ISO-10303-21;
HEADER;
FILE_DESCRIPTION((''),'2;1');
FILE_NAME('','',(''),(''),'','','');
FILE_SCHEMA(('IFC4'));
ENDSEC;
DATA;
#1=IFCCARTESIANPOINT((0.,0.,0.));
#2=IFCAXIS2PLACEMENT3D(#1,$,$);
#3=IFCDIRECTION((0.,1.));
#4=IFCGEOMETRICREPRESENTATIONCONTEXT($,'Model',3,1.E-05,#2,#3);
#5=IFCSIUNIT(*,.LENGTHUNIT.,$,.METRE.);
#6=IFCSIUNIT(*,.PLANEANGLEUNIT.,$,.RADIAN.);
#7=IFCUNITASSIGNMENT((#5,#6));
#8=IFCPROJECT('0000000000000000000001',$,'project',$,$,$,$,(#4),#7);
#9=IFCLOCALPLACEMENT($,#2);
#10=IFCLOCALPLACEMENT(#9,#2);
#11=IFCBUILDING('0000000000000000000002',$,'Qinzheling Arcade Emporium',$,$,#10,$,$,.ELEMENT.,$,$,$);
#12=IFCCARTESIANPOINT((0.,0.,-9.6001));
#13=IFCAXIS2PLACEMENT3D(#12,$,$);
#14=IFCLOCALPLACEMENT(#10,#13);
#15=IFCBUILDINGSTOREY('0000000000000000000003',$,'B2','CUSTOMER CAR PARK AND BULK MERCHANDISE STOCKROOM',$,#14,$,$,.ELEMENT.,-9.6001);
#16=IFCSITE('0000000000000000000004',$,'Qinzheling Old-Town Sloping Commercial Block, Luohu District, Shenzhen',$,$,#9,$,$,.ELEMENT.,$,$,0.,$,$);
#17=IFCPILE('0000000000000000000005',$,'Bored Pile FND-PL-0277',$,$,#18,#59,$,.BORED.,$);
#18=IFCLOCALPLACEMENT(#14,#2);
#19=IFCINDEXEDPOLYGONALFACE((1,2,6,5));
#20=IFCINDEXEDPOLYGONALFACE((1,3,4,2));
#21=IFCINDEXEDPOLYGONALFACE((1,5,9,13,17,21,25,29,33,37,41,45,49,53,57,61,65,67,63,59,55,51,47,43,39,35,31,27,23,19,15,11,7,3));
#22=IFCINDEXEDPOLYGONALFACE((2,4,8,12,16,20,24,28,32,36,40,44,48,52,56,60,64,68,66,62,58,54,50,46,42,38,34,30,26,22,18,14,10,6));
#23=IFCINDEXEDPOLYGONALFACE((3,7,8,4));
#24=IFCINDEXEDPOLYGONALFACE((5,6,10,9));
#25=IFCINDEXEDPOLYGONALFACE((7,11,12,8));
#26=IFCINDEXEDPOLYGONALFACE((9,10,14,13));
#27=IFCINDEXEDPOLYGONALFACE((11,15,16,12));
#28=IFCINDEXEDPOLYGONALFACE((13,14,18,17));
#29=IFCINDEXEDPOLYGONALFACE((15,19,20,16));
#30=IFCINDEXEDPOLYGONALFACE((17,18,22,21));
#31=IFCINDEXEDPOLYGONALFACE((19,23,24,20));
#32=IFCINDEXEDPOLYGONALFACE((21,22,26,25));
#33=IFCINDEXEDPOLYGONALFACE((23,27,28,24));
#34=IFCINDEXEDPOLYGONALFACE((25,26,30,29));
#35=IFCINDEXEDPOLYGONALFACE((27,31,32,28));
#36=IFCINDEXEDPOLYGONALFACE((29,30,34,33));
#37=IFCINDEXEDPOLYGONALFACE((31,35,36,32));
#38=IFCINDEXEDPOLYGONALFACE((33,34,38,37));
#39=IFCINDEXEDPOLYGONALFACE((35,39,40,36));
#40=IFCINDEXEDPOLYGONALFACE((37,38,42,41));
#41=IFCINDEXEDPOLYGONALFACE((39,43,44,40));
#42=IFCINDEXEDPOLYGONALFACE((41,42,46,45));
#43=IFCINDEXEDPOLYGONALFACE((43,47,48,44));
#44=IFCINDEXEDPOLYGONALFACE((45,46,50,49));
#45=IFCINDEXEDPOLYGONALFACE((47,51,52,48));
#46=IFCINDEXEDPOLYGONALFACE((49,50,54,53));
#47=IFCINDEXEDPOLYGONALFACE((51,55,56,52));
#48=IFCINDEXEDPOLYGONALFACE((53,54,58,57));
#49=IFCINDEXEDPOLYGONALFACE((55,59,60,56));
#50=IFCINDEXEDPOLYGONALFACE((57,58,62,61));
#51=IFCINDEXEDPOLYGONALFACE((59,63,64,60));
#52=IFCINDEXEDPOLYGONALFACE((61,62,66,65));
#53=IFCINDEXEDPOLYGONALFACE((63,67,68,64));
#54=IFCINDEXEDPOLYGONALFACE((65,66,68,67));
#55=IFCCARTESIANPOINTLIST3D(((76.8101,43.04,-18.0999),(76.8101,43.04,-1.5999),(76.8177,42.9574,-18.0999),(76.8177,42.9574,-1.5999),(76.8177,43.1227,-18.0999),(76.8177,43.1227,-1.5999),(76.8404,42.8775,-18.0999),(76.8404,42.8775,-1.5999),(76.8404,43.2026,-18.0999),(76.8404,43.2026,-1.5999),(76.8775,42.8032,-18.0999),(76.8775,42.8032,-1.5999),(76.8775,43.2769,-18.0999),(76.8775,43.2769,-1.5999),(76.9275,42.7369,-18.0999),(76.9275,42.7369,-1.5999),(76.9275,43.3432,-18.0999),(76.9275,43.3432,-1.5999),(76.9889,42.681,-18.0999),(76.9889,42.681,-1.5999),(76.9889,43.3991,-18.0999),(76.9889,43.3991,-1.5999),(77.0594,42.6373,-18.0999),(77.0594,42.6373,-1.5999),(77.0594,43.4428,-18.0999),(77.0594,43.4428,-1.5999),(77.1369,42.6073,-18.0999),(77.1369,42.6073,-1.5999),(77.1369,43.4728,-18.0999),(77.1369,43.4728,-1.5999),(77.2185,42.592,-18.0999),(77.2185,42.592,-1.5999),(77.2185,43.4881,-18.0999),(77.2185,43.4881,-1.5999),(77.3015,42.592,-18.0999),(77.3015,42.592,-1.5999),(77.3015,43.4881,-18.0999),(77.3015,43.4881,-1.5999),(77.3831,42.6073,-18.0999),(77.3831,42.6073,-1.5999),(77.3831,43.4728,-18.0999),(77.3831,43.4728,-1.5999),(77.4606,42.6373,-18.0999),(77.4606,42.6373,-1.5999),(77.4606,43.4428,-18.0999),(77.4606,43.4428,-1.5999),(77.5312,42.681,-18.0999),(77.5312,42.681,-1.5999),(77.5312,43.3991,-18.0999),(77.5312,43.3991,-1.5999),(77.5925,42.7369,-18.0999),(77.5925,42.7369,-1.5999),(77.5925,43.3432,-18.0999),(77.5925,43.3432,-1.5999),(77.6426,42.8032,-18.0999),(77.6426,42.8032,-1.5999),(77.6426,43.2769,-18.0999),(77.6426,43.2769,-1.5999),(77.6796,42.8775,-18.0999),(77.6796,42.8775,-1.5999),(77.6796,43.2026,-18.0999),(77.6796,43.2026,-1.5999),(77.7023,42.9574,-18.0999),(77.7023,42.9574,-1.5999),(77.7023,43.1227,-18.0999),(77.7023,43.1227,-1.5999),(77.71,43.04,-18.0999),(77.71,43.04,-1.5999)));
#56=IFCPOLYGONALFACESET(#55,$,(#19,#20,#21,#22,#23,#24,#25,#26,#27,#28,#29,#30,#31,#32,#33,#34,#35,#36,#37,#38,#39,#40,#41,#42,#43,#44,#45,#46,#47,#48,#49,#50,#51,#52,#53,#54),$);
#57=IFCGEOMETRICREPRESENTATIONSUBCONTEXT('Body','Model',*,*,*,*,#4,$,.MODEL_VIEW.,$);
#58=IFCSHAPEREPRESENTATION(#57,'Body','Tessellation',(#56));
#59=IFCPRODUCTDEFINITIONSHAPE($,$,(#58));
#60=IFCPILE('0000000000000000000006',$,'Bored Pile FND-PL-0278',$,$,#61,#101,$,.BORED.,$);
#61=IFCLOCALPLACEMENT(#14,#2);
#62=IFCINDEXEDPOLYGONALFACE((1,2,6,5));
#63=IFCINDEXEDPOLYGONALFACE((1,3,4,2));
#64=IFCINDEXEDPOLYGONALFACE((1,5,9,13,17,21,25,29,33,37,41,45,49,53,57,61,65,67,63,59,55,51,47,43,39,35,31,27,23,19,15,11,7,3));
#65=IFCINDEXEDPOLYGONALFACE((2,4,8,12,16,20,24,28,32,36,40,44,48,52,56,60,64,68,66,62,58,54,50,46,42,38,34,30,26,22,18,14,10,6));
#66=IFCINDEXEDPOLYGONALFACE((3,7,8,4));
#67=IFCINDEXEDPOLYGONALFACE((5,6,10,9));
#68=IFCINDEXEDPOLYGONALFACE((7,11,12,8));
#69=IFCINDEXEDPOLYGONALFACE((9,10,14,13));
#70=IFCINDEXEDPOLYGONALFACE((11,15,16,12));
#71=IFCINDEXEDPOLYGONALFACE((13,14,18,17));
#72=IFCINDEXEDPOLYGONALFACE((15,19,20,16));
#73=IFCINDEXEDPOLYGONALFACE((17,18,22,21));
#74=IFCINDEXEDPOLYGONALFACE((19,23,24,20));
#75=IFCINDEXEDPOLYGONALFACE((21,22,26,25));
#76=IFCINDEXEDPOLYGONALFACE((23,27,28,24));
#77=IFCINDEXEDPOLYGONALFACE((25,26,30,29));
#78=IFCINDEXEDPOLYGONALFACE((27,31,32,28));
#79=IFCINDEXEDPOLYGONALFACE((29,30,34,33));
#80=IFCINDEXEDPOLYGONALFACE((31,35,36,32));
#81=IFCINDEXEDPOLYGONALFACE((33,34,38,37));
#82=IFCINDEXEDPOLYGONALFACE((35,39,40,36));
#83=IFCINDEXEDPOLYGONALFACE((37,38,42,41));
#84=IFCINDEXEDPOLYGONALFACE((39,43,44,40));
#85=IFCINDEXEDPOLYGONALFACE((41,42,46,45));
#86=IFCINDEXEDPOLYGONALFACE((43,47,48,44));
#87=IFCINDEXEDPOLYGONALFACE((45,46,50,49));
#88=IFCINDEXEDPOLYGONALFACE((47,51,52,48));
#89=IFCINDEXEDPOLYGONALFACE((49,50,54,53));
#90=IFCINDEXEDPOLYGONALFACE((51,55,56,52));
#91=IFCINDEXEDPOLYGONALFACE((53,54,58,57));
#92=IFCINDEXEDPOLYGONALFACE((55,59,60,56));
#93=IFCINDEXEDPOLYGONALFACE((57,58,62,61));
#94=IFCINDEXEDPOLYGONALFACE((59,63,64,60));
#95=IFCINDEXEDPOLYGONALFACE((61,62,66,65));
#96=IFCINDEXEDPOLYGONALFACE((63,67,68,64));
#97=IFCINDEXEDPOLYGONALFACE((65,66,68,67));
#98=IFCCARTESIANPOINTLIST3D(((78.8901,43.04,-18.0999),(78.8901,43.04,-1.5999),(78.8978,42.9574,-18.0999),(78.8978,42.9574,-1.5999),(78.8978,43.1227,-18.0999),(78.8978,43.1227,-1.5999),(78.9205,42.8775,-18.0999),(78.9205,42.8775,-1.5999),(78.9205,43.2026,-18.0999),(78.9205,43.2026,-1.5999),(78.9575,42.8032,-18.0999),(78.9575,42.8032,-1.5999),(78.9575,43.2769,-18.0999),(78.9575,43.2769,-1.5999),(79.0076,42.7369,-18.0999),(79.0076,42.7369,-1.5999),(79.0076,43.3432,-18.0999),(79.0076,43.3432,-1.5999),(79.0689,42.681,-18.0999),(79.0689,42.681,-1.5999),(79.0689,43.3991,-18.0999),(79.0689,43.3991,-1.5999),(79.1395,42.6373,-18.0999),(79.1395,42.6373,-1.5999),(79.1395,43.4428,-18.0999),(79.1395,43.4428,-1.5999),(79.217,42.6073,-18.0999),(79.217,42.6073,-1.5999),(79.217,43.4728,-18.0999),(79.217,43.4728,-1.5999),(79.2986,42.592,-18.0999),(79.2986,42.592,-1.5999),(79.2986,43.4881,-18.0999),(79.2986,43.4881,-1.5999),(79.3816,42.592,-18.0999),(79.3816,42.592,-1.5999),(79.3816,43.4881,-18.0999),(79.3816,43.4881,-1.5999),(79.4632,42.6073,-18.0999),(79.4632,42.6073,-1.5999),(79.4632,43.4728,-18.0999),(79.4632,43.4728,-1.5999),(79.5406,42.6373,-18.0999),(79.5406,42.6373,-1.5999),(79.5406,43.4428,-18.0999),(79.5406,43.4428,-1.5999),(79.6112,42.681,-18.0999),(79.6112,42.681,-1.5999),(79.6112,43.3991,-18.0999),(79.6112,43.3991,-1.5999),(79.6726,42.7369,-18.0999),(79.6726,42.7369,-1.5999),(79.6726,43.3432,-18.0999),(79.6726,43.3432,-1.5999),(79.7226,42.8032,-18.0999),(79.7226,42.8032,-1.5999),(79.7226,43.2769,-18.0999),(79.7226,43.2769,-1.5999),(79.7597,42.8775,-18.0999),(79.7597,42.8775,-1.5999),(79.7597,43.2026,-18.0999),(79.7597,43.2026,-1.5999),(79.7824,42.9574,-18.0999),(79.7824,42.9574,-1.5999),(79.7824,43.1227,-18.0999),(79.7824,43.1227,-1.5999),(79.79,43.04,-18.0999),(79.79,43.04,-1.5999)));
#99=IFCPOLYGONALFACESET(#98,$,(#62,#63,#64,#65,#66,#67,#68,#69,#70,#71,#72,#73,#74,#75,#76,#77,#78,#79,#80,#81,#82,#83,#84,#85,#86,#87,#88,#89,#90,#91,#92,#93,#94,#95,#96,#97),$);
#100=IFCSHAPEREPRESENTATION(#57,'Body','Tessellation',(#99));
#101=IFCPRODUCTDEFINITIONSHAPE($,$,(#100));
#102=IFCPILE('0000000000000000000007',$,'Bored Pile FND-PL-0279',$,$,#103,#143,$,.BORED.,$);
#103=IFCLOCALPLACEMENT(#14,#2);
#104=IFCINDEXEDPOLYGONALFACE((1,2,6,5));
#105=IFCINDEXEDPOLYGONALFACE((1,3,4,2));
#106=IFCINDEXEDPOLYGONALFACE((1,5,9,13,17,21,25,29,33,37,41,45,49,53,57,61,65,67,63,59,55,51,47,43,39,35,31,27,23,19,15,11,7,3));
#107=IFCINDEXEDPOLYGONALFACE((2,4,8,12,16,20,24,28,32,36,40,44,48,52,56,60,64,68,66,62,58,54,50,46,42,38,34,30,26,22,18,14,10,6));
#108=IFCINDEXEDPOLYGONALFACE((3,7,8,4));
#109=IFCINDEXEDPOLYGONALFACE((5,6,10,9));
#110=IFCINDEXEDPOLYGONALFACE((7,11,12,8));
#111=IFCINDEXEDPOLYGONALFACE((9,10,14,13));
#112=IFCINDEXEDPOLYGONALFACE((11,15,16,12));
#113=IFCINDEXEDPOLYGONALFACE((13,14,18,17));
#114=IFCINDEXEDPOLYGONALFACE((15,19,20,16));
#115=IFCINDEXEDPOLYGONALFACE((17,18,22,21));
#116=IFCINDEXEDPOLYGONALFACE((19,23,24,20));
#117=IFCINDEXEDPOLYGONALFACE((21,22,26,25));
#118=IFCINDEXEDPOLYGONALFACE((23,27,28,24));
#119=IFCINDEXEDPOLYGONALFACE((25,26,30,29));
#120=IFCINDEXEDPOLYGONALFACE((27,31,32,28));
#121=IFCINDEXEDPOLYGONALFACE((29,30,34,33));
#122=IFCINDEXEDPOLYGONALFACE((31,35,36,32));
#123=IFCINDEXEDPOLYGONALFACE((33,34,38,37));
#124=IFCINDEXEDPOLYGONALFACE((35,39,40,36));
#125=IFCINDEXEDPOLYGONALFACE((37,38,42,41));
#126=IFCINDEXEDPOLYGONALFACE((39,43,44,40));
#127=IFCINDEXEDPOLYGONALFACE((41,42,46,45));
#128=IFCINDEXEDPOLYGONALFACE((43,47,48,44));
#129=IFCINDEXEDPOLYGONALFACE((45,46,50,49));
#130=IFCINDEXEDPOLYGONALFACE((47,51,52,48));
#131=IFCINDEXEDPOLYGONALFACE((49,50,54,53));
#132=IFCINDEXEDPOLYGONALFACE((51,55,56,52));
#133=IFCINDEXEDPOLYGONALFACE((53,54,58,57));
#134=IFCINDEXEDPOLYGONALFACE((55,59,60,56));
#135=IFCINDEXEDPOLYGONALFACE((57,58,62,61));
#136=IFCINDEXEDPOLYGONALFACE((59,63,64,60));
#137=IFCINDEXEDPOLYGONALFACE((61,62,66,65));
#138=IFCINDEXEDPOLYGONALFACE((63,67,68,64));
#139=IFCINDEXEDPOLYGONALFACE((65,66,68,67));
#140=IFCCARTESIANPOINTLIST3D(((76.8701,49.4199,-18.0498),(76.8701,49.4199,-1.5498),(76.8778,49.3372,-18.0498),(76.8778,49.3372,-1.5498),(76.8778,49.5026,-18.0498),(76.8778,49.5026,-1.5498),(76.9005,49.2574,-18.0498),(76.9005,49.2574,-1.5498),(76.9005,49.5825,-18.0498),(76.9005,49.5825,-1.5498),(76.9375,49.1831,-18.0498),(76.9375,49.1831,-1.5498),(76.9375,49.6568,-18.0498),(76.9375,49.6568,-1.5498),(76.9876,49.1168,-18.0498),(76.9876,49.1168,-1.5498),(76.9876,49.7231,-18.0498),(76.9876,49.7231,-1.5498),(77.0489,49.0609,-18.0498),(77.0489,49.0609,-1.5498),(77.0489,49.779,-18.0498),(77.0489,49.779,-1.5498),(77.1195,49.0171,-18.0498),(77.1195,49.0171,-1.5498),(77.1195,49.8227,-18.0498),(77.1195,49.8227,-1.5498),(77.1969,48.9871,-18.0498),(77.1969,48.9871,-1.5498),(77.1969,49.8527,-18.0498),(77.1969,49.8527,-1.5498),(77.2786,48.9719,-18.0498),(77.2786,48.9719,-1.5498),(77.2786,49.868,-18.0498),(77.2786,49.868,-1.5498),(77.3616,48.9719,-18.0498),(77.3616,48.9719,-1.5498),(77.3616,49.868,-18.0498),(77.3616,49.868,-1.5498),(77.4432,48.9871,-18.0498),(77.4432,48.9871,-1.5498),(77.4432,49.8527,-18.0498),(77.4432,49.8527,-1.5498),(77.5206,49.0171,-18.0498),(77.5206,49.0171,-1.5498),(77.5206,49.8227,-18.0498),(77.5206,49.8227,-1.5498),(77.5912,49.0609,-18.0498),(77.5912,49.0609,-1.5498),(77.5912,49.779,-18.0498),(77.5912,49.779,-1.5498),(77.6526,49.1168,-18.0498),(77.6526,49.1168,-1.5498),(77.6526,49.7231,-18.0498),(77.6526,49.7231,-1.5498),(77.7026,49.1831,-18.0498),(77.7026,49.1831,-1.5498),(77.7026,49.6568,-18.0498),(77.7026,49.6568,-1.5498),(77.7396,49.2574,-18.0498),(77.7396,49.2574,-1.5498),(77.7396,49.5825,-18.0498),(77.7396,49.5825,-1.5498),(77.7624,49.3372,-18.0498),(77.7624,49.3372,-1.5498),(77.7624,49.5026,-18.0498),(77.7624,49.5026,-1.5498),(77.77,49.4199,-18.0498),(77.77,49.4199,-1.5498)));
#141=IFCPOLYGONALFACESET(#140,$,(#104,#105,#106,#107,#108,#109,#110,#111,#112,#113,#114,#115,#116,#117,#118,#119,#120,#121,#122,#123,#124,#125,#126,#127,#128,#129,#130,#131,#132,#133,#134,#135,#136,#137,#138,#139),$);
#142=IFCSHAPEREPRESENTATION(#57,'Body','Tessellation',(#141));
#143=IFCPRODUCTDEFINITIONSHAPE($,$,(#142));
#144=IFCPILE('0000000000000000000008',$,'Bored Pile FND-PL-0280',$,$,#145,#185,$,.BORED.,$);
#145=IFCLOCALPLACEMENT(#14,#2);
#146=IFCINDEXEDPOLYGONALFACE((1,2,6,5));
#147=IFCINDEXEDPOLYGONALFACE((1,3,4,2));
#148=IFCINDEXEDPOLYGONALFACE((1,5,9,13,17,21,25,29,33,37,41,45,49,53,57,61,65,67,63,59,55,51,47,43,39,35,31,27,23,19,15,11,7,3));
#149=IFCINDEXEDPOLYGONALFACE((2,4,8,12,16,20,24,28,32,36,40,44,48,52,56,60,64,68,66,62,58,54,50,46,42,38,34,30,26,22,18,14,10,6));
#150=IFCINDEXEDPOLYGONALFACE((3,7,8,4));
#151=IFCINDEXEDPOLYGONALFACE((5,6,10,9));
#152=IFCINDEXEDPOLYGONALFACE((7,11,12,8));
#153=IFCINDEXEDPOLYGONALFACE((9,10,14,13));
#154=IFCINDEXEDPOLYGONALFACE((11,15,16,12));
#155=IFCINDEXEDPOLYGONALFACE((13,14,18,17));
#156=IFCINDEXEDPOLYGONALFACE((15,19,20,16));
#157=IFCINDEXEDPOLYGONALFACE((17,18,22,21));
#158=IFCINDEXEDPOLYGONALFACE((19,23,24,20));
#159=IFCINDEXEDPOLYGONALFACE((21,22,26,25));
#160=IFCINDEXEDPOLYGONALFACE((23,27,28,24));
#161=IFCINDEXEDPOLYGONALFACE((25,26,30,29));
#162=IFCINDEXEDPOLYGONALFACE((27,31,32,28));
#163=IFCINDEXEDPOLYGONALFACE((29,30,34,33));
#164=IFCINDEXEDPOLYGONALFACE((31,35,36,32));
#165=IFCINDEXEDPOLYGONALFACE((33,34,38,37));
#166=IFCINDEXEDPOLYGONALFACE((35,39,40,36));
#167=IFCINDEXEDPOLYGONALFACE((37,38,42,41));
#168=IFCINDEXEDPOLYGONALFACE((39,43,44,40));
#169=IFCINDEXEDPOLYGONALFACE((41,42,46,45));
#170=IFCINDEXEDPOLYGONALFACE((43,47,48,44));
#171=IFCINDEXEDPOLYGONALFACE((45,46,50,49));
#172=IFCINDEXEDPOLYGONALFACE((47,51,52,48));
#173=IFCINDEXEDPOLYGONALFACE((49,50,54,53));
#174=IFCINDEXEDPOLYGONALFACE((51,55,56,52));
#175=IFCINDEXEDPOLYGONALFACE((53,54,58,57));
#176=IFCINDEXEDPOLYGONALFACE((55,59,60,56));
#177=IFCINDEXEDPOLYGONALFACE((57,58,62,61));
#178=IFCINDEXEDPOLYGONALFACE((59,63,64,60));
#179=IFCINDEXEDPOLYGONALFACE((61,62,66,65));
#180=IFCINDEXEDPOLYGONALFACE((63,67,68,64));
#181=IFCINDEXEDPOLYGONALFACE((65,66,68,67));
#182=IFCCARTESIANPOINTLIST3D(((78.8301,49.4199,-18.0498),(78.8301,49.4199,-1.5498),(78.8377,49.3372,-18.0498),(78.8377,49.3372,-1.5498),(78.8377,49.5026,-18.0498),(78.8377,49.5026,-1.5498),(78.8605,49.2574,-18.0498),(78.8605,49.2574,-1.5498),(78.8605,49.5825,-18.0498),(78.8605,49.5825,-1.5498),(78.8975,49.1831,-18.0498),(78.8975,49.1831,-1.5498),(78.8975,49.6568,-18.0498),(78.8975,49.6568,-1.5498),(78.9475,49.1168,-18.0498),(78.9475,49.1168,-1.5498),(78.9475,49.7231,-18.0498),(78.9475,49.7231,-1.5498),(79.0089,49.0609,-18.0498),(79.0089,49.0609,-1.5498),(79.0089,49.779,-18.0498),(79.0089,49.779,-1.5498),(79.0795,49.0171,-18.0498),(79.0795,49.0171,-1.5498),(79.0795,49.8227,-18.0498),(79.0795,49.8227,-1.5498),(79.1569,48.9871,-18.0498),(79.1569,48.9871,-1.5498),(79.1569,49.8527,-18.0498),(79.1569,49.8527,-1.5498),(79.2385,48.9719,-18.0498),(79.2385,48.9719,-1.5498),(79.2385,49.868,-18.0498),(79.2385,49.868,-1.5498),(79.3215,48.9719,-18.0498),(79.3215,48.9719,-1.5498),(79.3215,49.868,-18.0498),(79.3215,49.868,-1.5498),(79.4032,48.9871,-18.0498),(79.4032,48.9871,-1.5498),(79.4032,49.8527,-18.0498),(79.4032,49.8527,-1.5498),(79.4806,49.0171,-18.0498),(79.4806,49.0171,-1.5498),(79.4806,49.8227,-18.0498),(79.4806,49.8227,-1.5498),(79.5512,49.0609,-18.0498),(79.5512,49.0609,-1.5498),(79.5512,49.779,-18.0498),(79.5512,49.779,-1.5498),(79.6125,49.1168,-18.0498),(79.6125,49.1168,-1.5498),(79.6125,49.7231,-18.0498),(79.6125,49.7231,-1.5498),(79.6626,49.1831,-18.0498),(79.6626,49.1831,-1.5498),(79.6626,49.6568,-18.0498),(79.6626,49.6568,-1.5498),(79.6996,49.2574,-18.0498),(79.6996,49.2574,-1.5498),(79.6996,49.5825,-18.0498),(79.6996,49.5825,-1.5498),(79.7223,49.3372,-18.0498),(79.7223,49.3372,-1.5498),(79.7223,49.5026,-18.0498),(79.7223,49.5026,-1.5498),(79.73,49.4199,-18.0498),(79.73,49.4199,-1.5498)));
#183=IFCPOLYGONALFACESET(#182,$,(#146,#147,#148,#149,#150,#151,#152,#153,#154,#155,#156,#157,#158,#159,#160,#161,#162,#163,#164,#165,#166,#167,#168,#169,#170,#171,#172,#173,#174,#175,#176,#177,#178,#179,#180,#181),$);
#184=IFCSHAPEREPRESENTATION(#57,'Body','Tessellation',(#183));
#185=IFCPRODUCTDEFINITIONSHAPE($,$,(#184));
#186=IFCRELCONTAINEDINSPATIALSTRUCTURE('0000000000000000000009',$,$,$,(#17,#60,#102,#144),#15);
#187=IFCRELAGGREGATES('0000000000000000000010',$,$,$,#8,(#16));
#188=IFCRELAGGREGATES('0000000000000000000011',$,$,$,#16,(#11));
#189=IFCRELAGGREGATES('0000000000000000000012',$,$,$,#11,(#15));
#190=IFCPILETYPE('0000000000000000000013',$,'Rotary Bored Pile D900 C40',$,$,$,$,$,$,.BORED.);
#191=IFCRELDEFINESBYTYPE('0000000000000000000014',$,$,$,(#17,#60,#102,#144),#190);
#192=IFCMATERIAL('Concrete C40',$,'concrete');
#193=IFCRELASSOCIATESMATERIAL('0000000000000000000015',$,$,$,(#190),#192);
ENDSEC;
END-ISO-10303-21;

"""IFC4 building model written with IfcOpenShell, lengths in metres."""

from ifc_helpers import new_model, si_unit, direction, frame, origin, origin_2d, place, context, subcontext, project, spatial, circle, extrude, material, material_profile, profile_set, type_object, element, save


model = new_model("IFC4")

# Units and contexts
model_context = context("Model", 3, precision=1e-05, world=origin(), true_north=direction((0.0, 1.0)))
body_context = subcontext(model_context, "Body", "Model", "MODEL_VIEW")
ifc_project = project(units=[si_unit("LENGTHUNIT", "METRE"), si_unit("PLANEANGLEUNIT", "RADIAN")], contexts=[model_context])

# Site, building, storey
site_placement = place(None, origin())
site = spatial("IfcSite", under=ifc_project, at=site_placement, Name="Qinzheling Old-Town Sloping Commercial Block, Luohu District, Shenzhen", CompositionType="ELEMENT", RefElevation=0.0)
building_placement = place(site_placement, origin())
building = spatial("IfcBuilding", under=site, at=building_placement, Name="Qinzheling Arcade Emporium", CompositionType="ELEMENT")
storey_placement = place(building_placement, frame((0.0, 0.0, -9.6001)))
storey = spatial("IfcBuildingStorey", under=building, at=storey_placement, Name="B2", Description="CUSTOMER CAR PARK AND BULK MERCHANDISE STOCKROOM", CompositionType="ELEMENT", Elevation=-9.6001)

# Shared definitions
ifc_material_1 = material(Name="Concrete C40", Category="concrete")

# Piles
ifc_material_profile_1 = material_profile(ifc_material_1, circle(Radius=0.45, at=origin_2d()), Name="BORED D900", Category="concrete")
ifc_profile_set_1 = profile_set([ifc_material_profile_1], Name="Concrete C40")
pile_type = type_object("IfcPileType", Name="Rotary Bored Pile D900 C40", PredefinedType="BORED", material=ifc_profile_set_1)
for number, where, z_axis, x_axis, name in (
    (1, (77.26, 43.04, -1.5999), (0.0, 0.0, -1.0), (1.0, 0.0, 0.0), "Bored Pile FND-PL-0277"),
    (2, (79.3401, 43.04, -1.5999), (0.0, 0.0, -1.0), (1.0, 0.0, 0.0), "Bored Pile FND-PL-0278"),
    (3, (77.3201, 49.4199, -1.5498), (0.0, 0.0, -1.0), (1.0, 0.0, 0.0), "Bored Pile FND-PL-0279"),
    (4, (79.28, 49.4199, -1.5498), (0.0, 0.0, -1.0), (1.0, 0.0, 0.0), "Bored Pile FND-PL-0280"),
):
    element("IfcPile", number, at=place(storey_placement, frame(where, z_axis=z_axis, x_axis=x_axis)), inside=storey, type_object=pile_type, Name=name, PredefinedType="BORED", context=body_context, shape_type="SweptSolid", body=[
        extrude(circle(Radius=0.45, at=origin_2d()), origin(), (0.0, 0.0, 1.0), 16.5),
    ])

save(model, "model.ifc")
